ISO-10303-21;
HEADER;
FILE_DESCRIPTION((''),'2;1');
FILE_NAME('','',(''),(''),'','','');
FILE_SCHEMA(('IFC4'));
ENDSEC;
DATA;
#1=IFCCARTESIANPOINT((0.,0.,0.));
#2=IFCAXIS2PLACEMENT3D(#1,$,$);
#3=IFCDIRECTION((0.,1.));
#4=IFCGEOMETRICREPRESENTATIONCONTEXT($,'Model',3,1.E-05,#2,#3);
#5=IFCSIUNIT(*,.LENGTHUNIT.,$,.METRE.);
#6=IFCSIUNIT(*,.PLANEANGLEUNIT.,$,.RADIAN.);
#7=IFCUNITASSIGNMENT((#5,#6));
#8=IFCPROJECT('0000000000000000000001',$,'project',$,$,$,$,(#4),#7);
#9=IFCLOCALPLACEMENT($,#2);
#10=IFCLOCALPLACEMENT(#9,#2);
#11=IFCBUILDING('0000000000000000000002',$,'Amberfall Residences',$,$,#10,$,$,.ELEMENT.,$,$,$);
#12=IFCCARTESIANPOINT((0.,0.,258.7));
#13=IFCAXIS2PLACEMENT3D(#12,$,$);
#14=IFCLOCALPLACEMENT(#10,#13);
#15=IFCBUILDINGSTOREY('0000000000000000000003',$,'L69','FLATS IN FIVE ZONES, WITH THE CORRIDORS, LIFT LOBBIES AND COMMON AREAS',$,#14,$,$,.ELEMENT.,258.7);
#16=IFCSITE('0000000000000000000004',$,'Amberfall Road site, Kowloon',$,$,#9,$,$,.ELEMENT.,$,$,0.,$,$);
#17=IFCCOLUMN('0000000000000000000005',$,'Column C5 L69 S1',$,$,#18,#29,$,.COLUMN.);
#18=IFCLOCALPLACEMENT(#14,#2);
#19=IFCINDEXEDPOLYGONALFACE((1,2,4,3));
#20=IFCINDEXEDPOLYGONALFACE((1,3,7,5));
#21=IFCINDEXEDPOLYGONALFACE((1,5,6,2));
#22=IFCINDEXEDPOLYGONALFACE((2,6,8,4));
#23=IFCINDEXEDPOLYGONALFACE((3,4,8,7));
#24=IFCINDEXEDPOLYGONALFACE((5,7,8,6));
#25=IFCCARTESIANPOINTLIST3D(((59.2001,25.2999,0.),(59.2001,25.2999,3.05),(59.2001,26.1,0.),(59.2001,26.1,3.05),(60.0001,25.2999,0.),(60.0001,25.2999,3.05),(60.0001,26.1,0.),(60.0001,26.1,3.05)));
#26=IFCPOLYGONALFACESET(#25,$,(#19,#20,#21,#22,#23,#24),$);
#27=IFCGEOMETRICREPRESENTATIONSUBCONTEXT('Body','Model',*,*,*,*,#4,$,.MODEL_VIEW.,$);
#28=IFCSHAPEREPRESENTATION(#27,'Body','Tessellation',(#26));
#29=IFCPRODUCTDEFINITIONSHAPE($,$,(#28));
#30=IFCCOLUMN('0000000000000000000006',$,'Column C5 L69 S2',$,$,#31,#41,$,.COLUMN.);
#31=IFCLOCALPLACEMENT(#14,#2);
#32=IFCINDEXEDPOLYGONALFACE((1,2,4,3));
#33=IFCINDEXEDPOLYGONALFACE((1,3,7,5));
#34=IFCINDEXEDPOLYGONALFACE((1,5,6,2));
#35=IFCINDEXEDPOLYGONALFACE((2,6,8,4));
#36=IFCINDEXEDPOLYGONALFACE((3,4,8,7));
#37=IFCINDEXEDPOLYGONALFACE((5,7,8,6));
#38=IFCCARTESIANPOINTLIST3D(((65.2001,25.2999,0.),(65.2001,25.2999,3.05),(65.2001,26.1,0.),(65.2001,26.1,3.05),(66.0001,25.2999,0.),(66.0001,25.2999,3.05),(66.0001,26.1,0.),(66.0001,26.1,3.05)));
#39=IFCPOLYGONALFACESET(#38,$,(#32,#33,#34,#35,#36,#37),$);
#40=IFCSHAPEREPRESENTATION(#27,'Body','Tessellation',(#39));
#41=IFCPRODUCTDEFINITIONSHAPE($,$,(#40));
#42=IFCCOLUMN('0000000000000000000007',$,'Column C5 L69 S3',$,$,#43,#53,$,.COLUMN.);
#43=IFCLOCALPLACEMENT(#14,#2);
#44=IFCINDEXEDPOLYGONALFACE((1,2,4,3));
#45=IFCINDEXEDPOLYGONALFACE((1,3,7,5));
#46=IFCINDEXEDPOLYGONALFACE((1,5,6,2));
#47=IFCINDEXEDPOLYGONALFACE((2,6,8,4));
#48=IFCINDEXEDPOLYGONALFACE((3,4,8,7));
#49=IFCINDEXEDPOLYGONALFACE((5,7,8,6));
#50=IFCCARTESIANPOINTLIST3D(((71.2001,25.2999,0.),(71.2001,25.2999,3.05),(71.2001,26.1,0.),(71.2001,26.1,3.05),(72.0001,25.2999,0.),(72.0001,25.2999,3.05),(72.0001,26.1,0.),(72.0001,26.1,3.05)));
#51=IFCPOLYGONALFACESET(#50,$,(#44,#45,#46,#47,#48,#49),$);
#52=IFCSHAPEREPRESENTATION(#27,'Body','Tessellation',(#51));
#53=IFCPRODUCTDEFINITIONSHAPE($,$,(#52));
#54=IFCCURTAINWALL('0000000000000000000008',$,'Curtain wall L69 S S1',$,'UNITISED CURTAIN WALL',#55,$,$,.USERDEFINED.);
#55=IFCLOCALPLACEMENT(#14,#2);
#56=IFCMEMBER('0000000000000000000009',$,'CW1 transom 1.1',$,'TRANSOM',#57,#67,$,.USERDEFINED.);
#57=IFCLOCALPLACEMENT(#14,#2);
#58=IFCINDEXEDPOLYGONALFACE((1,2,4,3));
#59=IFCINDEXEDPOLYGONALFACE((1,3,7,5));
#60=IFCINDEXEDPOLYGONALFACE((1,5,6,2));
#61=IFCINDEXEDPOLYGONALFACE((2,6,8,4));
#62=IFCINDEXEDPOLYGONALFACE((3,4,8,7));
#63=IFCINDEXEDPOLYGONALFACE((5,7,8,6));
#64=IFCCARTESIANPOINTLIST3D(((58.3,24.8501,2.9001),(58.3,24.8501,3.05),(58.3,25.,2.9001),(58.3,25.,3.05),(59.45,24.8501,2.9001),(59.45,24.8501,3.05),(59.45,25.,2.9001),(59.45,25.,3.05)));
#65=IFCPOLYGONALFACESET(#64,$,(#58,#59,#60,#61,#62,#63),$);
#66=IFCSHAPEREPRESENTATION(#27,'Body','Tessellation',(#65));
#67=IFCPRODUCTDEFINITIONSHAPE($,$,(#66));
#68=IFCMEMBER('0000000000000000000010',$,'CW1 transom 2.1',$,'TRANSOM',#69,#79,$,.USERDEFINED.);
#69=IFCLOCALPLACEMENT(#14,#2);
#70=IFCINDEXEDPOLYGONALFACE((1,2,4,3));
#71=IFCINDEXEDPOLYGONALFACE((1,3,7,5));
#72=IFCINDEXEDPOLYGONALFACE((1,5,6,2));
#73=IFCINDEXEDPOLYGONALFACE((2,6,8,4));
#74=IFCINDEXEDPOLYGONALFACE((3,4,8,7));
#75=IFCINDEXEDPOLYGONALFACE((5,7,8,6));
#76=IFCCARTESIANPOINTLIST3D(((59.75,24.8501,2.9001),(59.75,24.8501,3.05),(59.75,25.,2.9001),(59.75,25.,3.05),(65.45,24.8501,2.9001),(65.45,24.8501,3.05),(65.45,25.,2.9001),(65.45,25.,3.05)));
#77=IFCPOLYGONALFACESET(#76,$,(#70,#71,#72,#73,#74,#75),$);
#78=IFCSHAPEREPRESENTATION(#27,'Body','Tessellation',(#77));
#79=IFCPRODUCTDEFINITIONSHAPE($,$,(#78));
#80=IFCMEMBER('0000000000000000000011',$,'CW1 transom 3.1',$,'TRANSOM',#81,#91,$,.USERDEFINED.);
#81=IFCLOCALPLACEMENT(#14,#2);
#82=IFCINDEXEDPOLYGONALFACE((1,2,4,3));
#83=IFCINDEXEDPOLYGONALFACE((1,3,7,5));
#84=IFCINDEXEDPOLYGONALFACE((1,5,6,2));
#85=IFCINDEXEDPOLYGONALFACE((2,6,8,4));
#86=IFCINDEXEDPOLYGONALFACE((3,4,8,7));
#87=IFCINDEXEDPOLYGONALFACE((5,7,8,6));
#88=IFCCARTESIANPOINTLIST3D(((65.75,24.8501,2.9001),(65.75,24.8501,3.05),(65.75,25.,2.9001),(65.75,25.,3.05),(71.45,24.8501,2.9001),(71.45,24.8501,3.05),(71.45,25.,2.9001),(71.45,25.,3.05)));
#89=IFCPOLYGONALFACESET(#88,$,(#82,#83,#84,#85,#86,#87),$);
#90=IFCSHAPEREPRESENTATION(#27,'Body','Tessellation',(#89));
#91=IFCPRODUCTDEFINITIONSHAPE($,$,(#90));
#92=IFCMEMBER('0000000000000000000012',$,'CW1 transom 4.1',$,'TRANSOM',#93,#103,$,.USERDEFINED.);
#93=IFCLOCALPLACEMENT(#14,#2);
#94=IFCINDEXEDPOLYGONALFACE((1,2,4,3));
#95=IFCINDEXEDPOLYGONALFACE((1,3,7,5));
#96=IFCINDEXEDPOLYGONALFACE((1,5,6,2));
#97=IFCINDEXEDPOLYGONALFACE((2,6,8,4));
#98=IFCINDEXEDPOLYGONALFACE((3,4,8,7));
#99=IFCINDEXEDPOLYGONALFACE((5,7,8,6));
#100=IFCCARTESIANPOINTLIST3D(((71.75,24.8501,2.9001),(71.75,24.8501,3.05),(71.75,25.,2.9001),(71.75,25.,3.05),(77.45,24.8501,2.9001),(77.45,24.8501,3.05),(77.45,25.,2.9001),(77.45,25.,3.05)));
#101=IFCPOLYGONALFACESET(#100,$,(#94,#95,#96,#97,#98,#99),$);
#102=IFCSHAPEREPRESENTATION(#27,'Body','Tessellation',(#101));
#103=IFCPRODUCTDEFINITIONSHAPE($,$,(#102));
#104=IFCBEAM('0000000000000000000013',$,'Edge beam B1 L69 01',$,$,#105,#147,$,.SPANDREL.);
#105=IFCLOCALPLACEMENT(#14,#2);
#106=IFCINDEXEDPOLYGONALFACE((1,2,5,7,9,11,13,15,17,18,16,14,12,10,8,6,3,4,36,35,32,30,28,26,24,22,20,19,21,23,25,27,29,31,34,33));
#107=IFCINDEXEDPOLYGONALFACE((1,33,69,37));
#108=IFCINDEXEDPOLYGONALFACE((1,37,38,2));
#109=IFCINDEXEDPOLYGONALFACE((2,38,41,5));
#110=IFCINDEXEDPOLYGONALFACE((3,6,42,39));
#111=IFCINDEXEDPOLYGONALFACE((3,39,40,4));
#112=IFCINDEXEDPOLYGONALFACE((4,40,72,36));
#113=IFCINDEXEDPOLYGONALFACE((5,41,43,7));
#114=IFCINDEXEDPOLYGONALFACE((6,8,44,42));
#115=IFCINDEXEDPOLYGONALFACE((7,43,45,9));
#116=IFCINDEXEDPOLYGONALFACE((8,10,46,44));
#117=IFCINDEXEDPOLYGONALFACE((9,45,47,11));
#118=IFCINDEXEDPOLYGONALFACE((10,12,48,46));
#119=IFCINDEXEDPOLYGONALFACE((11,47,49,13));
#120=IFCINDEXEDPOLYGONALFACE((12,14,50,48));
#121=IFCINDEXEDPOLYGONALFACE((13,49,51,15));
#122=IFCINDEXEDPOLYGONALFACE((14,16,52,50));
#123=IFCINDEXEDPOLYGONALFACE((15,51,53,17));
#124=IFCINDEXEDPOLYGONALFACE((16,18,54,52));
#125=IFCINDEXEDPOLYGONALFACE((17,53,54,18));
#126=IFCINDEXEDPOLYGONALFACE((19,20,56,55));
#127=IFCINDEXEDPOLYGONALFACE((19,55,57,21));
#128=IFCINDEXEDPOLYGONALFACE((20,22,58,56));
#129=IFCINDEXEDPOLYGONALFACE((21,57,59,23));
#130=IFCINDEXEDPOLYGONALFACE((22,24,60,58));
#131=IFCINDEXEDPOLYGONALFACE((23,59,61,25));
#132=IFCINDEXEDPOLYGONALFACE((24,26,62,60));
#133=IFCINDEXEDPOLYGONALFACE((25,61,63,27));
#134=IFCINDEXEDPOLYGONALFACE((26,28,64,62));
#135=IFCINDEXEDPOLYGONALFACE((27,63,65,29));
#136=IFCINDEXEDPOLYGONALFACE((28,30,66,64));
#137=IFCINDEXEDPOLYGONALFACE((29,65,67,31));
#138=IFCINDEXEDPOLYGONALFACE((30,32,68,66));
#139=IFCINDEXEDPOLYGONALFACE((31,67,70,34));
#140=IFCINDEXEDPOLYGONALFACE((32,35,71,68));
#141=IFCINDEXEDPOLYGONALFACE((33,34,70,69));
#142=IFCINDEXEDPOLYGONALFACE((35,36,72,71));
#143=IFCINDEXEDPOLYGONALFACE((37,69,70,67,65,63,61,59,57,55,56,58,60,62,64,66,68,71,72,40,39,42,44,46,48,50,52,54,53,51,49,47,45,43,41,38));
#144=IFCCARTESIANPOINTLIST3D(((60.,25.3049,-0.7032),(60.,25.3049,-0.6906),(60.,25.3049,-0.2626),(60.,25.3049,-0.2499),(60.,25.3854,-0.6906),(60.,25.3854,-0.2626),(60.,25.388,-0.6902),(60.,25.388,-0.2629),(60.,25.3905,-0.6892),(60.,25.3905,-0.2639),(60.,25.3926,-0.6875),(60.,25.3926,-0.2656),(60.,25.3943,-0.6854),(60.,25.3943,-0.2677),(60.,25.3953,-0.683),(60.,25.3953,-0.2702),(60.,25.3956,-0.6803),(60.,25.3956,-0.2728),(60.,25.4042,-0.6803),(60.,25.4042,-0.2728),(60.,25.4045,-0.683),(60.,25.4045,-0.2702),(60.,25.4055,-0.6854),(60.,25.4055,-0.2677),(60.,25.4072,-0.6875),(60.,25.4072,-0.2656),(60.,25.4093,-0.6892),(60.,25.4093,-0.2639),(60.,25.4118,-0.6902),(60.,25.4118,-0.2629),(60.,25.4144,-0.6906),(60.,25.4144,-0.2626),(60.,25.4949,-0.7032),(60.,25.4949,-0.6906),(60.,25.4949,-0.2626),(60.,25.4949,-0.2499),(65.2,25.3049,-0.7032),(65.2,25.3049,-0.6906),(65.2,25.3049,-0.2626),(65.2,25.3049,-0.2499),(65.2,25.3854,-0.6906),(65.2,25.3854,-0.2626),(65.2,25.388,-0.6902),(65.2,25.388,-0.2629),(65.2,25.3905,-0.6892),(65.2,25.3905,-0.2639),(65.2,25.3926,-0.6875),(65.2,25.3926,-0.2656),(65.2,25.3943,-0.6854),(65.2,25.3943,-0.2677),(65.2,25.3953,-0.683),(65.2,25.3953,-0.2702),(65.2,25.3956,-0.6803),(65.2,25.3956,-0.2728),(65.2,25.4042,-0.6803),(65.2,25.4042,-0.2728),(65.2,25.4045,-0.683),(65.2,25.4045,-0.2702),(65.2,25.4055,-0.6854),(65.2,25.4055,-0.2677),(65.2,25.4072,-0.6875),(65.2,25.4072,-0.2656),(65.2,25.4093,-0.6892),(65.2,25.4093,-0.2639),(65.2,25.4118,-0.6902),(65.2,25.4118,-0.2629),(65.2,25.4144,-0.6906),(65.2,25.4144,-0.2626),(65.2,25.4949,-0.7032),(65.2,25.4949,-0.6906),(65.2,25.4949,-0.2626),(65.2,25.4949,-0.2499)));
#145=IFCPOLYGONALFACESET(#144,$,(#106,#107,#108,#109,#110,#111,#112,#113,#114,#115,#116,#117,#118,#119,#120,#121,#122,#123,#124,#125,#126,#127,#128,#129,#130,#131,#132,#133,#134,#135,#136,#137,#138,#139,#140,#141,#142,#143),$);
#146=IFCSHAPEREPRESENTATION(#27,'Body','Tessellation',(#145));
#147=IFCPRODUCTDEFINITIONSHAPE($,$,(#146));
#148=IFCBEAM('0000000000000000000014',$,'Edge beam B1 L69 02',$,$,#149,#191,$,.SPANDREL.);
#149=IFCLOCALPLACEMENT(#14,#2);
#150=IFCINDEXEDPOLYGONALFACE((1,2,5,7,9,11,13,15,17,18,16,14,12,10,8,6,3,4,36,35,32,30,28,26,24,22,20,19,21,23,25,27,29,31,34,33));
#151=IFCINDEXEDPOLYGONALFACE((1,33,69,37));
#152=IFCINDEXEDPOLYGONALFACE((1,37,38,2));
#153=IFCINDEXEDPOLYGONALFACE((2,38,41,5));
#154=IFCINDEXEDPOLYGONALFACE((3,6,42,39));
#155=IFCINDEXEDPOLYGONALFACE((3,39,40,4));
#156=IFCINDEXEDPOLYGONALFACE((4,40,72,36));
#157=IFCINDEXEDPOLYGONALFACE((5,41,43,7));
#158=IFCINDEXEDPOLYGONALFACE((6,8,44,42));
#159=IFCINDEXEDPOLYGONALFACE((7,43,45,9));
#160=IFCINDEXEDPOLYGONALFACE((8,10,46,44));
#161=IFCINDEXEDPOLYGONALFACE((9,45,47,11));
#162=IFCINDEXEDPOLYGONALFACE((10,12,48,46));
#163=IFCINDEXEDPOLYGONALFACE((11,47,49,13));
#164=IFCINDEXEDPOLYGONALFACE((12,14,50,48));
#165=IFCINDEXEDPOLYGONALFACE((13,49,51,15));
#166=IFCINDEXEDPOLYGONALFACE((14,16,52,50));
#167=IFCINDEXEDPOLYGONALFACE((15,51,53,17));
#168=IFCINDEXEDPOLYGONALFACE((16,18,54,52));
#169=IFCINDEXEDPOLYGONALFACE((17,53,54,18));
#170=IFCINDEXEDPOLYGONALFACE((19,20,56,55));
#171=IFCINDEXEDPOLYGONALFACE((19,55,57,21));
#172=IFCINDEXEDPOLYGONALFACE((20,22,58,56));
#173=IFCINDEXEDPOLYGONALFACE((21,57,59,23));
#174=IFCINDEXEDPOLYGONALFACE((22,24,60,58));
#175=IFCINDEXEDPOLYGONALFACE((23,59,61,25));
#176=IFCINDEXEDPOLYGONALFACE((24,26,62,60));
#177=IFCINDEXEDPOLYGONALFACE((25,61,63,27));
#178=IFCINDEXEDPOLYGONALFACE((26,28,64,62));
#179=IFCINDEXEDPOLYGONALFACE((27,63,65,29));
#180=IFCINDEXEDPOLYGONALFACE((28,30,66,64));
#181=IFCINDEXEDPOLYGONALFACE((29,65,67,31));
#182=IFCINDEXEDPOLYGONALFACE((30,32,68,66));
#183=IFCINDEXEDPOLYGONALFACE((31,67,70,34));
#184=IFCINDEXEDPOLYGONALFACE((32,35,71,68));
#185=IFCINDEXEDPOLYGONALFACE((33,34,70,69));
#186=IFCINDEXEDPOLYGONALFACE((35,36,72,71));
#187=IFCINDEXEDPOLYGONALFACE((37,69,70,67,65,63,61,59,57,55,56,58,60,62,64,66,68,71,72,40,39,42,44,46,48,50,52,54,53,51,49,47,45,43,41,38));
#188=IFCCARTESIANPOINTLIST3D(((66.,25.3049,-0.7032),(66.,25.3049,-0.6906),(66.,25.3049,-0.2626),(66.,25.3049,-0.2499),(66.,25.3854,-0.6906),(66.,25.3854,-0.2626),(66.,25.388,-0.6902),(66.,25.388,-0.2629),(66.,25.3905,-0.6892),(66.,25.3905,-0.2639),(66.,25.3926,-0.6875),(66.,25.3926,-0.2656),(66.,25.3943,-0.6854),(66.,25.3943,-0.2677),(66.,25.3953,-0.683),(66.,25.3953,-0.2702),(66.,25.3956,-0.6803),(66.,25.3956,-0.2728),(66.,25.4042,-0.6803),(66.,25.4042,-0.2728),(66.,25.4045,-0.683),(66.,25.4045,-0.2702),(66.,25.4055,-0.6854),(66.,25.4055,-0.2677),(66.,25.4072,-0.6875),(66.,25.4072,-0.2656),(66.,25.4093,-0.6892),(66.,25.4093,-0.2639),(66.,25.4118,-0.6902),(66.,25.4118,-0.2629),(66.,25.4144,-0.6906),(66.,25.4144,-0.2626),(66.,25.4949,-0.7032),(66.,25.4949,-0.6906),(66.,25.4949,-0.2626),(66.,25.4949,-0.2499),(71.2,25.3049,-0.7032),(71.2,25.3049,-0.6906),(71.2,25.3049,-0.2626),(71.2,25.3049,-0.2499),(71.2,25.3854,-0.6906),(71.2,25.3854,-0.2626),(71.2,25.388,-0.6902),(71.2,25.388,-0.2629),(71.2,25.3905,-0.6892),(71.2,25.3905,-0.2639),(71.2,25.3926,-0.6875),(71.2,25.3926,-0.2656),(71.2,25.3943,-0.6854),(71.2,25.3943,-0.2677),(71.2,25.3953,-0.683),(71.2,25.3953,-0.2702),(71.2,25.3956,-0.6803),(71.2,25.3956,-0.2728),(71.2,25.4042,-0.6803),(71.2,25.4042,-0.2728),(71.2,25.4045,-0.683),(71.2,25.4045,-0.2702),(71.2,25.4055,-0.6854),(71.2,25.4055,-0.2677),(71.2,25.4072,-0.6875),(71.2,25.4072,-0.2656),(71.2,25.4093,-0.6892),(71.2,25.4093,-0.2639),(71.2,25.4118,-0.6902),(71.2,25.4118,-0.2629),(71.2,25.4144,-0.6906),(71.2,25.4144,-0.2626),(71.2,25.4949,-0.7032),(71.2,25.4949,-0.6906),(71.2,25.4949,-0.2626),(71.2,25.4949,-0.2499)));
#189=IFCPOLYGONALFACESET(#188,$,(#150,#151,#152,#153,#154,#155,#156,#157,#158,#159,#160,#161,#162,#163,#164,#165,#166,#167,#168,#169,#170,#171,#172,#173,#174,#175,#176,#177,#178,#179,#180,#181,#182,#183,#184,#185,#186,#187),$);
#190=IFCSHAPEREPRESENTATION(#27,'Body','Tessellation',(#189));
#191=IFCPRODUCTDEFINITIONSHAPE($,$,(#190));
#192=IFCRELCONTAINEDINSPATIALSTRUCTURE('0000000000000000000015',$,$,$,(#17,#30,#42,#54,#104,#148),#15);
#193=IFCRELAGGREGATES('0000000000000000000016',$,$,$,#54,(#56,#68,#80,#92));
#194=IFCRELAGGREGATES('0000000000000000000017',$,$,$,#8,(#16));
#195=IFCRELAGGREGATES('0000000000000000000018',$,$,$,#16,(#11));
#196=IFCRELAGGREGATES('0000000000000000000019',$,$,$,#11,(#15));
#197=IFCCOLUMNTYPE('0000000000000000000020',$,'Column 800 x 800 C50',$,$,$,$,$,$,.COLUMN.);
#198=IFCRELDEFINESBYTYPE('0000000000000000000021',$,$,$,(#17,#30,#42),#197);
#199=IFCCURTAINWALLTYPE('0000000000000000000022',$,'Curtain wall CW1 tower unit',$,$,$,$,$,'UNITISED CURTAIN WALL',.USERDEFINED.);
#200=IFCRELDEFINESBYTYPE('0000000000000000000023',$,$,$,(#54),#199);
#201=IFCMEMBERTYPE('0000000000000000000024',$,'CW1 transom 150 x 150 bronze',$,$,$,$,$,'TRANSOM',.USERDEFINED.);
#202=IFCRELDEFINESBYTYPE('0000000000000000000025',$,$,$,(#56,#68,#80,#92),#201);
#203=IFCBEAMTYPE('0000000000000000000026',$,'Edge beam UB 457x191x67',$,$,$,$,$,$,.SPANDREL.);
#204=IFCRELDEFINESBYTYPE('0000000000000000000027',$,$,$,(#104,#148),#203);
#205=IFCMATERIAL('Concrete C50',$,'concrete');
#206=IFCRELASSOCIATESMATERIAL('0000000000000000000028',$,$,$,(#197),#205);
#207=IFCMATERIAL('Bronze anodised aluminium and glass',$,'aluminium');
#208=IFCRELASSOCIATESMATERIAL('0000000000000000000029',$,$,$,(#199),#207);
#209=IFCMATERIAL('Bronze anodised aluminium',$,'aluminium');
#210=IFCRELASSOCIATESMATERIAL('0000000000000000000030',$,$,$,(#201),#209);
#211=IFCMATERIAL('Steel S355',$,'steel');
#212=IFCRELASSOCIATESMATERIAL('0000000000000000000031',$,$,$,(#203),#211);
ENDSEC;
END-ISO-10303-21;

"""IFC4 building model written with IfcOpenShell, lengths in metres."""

from ifc_helpers import new_model, si_unit, direction, frame, origin, origin_2d, place, context, subcontext, project, spatial, rectangle, i_section, extrude, material, material_profile, profile_set, type_object, element, aggregate, save


model = new_model("IFC4")

# Units and contexts
model_context = context("Model", 3, precision=1e-05, world=origin(), true_north=direction((0.0, 1.0)))
body_context = subcontext(model_context, "Body", "Model", "MODEL_VIEW")
ifc_project = project(units=[si_unit("LENGTHUNIT", "METRE"), si_unit("PLANEANGLEUNIT", "RADIAN")], contexts=[model_context])

# Site, building, storey
site_placement = place(None, origin())
site = spatial("IfcSite", under=ifc_project, at=site_placement, Name="Amberfall Road site, Kowloon", CompositionType="ELEMENT", RefElevation=0.0)
building_placement = place(site_placement, origin())
building = spatial("IfcBuilding", under=site, at=building_placement, Name="Amberfall Residences", CompositionType="ELEMENT")
storey_placement = place(building_placement, frame((0.0, 0.0, 258.7)))
storey = spatial("IfcBuildingStorey", under=building, at=storey_placement, Name="L69", Description="FLATS IN FIVE ZONES, WITH THE CORRIDORS, LIFT LOBBIES AND COMMON AREAS", CompositionType="ELEMENT", Elevation=258.7)

# Columns
ifc_material_1 = material(Name="Concrete C50", Category="concrete")
ifc_material_profile_1 = material_profile(ifc_material_1, rectangle(XDim=0.8, YDim=0.8, at=origin_2d()), Name="Column 800 x 800 C50")
ifc_profile_set_1 = profile_set([ifc_material_profile_1], Name="Concrete C50")
column_type = type_object("IfcColumnType", Name="Column 800 x 800 C50", PredefinedType="COLUMN", material=ifc_profile_set_1)
for number, where, z_axis, x_axis, name in (
    (1, (59.6001, 25.7, 0.0), (0.0, 0.0, 1.0), (1.0, 0.0, 0.0), "Column C5 L69 S1"),
    (2, (65.6001, 25.7, 0.0), (0.0, 0.0, 1.0), (1.0, 0.0, 0.0), "Column C5 L69 S2"),
    (3, (71.6001, 25.7, 0.0), (0.0, 0.0, 1.0), (1.0, 0.0, 0.0), "Column C5 L69 S3"),
):
    element("IfcColumn", number, at=place(storey_placement, frame(where, z_axis=z_axis, x_axis=x_axis)), inside=storey, type_object=column_type, Name=name, PredefinedType="COLUMN", context=body_context, shape_type="SweptSolid", body=[
        extrude(rectangle(XDim=0.8, YDim=0.8, at=origin_2d()), origin(), (0.0, 0.0, 1.0), 3.05),
    ])

# Curtain wall, members
ifc_material_2 = material(Name="Bronze anodised aluminium and glass", Category="aluminium")
curtain_wall_type = type_object("IfcCurtainWallType", Name="Curtain wall CW1 tower unit", ElementType="UNITISED CURTAIN WALL", PredefinedType="USERDEFINED", material=ifc_material_2)
curtain_wall_placement = place(storey_placement, origin())
curtain_wall = element("IfcCurtainWall", 4, at=curtain_wall_placement, inside=storey, type_object=curtain_wall_type, Name="Curtain wall L69 S S1", ObjectType="UNITISED CURTAIN WALL", PredefinedType="USERDEFINED")
ifc_material_3 = material(Name="Bronze anodised aluminium", Category="aluminium")
ifc_material_profile_2 = material_profile(ifc_material_3, rectangle(XDim=0.1499, YDim=0.1499, at=origin_2d()), Name="CW1 transom 150 x 150 bronze")
ifc_profile_set_2 = profile_set([ifc_material_profile_2], Name="Bronze anodised aluminium")
member_type_1 = type_object("IfcMemberType", Name="CW1 transom 150 x 150 bronze", ElementType="TRANSOM", PredefinedType="USERDEFINED", material=ifc_profile_set_2)
member_1_placement = place(storey_placement, frame((58.3, 24.925, 2.9751), z_axis=(1.0, 0.0, 0.0), x_axis=(0.0, 1.0, 0.0)))
member_1 = element("IfcMember", 5, at=member_1_placement, type_object=member_type_1, Name="CW1 transom 1.1", ObjectType="TRANSOM", PredefinedType="USERDEFINED", context=body_context, shape_type="SweptSolid", body=[
    extrude(rectangle(XDim=0.1499, YDim=0.1499, at=origin_2d()), origin(), (0.0, 0.0, 1.0), 1.1499),
])
member_2_placement = place(storey_placement, frame((59.75, 24.925, 2.9751), z_axis=(1.0, 0.0, 0.0), x_axis=(0.0, 1.0, 0.0)))
member_2 = element("IfcMember", 6, at=member_2_placement, type_object=member_type_1, Name="CW1 transom 2.1", ObjectType="TRANSOM", PredefinedType="USERDEFINED", context=body_context, shape_type="SweptSolid", body=[
    extrude(rectangle(XDim=0.1499, YDim=0.1499, at=origin_2d()), origin(), (0.0, 0.0, 1.0), 5.7),
])
member_3_placement = place(storey_placement, frame((65.75, 24.925, 2.9751), z_axis=(1.0, 0.0, 0.0), x_axis=(0.0, 1.0, 0.0)))
member_3 = element("IfcMember", 7, at=member_3_placement, type_object=member_type_1, Name="CW1 transom 3.1", ObjectType="TRANSOM", PredefinedType="USERDEFINED", context=body_context, shape_type="SweptSolid", body=[
    extrude(rectangle(XDim=0.1499, YDim=0.1499, at=origin_2d()), origin(), (0.0, 0.0, 1.0), 5.7),
])
member_4_placement = place(storey_placement, frame((71.75, 24.925, 2.9751), z_axis=(1.0, 0.0, 0.0), x_axis=(0.0, 1.0, 0.0)))
member_4 = element("IfcMember", 8, at=member_4_placement, type_object=member_type_1, Name="CW1 transom 4.1", ObjectType="TRANSOM", PredefinedType="USERDEFINED", context=body_context, shape_type="SweptSolid", body=[
    extrude(rectangle(XDim=0.1499, YDim=0.1499, at=origin_2d()), origin(), (0.0, 0.0, 1.0), 5.7),
])

# Beams
ifc_material_4 = material(Name="Steel S355", Category="steel")
ifc_material_profile_3 = material_profile(ifc_material_4, i_section(OverallWidth=0.1899, OverallDepth=0.4534, WebThickness=0.0085, FlangeThickness=0.0127, FilletRadius=0.0103, at=origin_2d()), Name="UB 457x191x67")
ifc_profile_set_3 = profile_set([ifc_material_profile_3], Name="Steel S355")
beam_type_1 = type_object("IfcBeamType", Name="Edge beam UB 457x191x67", PredefinedType="SPANDREL", material=ifc_profile_set_3)
for number, where, z_axis, x_axis, name in (
    (9, (60.0, 25.3999, -0.4766), (1.0, 0.0, 0.0), (0.0, 1.0, 0.0), "Edge beam B1 L69 01"),
    (10, (66.0, 25.3999, -0.4766), (1.0, 0.0, 0.0), (0.0, 1.0, 0.0), "Edge beam B1 L69 02"),
):
    element("IfcBeam", number, at=place(storey_placement, frame(where, z_axis=z_axis, x_axis=x_axis)), inside=storey, type_object=beam_type_1, Name=name, PredefinedType="SPANDREL", context=body_context, shape_type="SweptSolid", body=[
        extrude(i_section(OverallWidth=0.1899, OverallDepth=0.4534, WebThickness=0.0085, FlangeThickness=0.0127, FilletRadius=0.0103, at=origin_2d()), origin(), (0.0, 0.0, 1.0), 5.2),
    ])

aggregate(curtain_wall, [member_1, member_2, member_3, member_4])

save(model, "model.ifc")
